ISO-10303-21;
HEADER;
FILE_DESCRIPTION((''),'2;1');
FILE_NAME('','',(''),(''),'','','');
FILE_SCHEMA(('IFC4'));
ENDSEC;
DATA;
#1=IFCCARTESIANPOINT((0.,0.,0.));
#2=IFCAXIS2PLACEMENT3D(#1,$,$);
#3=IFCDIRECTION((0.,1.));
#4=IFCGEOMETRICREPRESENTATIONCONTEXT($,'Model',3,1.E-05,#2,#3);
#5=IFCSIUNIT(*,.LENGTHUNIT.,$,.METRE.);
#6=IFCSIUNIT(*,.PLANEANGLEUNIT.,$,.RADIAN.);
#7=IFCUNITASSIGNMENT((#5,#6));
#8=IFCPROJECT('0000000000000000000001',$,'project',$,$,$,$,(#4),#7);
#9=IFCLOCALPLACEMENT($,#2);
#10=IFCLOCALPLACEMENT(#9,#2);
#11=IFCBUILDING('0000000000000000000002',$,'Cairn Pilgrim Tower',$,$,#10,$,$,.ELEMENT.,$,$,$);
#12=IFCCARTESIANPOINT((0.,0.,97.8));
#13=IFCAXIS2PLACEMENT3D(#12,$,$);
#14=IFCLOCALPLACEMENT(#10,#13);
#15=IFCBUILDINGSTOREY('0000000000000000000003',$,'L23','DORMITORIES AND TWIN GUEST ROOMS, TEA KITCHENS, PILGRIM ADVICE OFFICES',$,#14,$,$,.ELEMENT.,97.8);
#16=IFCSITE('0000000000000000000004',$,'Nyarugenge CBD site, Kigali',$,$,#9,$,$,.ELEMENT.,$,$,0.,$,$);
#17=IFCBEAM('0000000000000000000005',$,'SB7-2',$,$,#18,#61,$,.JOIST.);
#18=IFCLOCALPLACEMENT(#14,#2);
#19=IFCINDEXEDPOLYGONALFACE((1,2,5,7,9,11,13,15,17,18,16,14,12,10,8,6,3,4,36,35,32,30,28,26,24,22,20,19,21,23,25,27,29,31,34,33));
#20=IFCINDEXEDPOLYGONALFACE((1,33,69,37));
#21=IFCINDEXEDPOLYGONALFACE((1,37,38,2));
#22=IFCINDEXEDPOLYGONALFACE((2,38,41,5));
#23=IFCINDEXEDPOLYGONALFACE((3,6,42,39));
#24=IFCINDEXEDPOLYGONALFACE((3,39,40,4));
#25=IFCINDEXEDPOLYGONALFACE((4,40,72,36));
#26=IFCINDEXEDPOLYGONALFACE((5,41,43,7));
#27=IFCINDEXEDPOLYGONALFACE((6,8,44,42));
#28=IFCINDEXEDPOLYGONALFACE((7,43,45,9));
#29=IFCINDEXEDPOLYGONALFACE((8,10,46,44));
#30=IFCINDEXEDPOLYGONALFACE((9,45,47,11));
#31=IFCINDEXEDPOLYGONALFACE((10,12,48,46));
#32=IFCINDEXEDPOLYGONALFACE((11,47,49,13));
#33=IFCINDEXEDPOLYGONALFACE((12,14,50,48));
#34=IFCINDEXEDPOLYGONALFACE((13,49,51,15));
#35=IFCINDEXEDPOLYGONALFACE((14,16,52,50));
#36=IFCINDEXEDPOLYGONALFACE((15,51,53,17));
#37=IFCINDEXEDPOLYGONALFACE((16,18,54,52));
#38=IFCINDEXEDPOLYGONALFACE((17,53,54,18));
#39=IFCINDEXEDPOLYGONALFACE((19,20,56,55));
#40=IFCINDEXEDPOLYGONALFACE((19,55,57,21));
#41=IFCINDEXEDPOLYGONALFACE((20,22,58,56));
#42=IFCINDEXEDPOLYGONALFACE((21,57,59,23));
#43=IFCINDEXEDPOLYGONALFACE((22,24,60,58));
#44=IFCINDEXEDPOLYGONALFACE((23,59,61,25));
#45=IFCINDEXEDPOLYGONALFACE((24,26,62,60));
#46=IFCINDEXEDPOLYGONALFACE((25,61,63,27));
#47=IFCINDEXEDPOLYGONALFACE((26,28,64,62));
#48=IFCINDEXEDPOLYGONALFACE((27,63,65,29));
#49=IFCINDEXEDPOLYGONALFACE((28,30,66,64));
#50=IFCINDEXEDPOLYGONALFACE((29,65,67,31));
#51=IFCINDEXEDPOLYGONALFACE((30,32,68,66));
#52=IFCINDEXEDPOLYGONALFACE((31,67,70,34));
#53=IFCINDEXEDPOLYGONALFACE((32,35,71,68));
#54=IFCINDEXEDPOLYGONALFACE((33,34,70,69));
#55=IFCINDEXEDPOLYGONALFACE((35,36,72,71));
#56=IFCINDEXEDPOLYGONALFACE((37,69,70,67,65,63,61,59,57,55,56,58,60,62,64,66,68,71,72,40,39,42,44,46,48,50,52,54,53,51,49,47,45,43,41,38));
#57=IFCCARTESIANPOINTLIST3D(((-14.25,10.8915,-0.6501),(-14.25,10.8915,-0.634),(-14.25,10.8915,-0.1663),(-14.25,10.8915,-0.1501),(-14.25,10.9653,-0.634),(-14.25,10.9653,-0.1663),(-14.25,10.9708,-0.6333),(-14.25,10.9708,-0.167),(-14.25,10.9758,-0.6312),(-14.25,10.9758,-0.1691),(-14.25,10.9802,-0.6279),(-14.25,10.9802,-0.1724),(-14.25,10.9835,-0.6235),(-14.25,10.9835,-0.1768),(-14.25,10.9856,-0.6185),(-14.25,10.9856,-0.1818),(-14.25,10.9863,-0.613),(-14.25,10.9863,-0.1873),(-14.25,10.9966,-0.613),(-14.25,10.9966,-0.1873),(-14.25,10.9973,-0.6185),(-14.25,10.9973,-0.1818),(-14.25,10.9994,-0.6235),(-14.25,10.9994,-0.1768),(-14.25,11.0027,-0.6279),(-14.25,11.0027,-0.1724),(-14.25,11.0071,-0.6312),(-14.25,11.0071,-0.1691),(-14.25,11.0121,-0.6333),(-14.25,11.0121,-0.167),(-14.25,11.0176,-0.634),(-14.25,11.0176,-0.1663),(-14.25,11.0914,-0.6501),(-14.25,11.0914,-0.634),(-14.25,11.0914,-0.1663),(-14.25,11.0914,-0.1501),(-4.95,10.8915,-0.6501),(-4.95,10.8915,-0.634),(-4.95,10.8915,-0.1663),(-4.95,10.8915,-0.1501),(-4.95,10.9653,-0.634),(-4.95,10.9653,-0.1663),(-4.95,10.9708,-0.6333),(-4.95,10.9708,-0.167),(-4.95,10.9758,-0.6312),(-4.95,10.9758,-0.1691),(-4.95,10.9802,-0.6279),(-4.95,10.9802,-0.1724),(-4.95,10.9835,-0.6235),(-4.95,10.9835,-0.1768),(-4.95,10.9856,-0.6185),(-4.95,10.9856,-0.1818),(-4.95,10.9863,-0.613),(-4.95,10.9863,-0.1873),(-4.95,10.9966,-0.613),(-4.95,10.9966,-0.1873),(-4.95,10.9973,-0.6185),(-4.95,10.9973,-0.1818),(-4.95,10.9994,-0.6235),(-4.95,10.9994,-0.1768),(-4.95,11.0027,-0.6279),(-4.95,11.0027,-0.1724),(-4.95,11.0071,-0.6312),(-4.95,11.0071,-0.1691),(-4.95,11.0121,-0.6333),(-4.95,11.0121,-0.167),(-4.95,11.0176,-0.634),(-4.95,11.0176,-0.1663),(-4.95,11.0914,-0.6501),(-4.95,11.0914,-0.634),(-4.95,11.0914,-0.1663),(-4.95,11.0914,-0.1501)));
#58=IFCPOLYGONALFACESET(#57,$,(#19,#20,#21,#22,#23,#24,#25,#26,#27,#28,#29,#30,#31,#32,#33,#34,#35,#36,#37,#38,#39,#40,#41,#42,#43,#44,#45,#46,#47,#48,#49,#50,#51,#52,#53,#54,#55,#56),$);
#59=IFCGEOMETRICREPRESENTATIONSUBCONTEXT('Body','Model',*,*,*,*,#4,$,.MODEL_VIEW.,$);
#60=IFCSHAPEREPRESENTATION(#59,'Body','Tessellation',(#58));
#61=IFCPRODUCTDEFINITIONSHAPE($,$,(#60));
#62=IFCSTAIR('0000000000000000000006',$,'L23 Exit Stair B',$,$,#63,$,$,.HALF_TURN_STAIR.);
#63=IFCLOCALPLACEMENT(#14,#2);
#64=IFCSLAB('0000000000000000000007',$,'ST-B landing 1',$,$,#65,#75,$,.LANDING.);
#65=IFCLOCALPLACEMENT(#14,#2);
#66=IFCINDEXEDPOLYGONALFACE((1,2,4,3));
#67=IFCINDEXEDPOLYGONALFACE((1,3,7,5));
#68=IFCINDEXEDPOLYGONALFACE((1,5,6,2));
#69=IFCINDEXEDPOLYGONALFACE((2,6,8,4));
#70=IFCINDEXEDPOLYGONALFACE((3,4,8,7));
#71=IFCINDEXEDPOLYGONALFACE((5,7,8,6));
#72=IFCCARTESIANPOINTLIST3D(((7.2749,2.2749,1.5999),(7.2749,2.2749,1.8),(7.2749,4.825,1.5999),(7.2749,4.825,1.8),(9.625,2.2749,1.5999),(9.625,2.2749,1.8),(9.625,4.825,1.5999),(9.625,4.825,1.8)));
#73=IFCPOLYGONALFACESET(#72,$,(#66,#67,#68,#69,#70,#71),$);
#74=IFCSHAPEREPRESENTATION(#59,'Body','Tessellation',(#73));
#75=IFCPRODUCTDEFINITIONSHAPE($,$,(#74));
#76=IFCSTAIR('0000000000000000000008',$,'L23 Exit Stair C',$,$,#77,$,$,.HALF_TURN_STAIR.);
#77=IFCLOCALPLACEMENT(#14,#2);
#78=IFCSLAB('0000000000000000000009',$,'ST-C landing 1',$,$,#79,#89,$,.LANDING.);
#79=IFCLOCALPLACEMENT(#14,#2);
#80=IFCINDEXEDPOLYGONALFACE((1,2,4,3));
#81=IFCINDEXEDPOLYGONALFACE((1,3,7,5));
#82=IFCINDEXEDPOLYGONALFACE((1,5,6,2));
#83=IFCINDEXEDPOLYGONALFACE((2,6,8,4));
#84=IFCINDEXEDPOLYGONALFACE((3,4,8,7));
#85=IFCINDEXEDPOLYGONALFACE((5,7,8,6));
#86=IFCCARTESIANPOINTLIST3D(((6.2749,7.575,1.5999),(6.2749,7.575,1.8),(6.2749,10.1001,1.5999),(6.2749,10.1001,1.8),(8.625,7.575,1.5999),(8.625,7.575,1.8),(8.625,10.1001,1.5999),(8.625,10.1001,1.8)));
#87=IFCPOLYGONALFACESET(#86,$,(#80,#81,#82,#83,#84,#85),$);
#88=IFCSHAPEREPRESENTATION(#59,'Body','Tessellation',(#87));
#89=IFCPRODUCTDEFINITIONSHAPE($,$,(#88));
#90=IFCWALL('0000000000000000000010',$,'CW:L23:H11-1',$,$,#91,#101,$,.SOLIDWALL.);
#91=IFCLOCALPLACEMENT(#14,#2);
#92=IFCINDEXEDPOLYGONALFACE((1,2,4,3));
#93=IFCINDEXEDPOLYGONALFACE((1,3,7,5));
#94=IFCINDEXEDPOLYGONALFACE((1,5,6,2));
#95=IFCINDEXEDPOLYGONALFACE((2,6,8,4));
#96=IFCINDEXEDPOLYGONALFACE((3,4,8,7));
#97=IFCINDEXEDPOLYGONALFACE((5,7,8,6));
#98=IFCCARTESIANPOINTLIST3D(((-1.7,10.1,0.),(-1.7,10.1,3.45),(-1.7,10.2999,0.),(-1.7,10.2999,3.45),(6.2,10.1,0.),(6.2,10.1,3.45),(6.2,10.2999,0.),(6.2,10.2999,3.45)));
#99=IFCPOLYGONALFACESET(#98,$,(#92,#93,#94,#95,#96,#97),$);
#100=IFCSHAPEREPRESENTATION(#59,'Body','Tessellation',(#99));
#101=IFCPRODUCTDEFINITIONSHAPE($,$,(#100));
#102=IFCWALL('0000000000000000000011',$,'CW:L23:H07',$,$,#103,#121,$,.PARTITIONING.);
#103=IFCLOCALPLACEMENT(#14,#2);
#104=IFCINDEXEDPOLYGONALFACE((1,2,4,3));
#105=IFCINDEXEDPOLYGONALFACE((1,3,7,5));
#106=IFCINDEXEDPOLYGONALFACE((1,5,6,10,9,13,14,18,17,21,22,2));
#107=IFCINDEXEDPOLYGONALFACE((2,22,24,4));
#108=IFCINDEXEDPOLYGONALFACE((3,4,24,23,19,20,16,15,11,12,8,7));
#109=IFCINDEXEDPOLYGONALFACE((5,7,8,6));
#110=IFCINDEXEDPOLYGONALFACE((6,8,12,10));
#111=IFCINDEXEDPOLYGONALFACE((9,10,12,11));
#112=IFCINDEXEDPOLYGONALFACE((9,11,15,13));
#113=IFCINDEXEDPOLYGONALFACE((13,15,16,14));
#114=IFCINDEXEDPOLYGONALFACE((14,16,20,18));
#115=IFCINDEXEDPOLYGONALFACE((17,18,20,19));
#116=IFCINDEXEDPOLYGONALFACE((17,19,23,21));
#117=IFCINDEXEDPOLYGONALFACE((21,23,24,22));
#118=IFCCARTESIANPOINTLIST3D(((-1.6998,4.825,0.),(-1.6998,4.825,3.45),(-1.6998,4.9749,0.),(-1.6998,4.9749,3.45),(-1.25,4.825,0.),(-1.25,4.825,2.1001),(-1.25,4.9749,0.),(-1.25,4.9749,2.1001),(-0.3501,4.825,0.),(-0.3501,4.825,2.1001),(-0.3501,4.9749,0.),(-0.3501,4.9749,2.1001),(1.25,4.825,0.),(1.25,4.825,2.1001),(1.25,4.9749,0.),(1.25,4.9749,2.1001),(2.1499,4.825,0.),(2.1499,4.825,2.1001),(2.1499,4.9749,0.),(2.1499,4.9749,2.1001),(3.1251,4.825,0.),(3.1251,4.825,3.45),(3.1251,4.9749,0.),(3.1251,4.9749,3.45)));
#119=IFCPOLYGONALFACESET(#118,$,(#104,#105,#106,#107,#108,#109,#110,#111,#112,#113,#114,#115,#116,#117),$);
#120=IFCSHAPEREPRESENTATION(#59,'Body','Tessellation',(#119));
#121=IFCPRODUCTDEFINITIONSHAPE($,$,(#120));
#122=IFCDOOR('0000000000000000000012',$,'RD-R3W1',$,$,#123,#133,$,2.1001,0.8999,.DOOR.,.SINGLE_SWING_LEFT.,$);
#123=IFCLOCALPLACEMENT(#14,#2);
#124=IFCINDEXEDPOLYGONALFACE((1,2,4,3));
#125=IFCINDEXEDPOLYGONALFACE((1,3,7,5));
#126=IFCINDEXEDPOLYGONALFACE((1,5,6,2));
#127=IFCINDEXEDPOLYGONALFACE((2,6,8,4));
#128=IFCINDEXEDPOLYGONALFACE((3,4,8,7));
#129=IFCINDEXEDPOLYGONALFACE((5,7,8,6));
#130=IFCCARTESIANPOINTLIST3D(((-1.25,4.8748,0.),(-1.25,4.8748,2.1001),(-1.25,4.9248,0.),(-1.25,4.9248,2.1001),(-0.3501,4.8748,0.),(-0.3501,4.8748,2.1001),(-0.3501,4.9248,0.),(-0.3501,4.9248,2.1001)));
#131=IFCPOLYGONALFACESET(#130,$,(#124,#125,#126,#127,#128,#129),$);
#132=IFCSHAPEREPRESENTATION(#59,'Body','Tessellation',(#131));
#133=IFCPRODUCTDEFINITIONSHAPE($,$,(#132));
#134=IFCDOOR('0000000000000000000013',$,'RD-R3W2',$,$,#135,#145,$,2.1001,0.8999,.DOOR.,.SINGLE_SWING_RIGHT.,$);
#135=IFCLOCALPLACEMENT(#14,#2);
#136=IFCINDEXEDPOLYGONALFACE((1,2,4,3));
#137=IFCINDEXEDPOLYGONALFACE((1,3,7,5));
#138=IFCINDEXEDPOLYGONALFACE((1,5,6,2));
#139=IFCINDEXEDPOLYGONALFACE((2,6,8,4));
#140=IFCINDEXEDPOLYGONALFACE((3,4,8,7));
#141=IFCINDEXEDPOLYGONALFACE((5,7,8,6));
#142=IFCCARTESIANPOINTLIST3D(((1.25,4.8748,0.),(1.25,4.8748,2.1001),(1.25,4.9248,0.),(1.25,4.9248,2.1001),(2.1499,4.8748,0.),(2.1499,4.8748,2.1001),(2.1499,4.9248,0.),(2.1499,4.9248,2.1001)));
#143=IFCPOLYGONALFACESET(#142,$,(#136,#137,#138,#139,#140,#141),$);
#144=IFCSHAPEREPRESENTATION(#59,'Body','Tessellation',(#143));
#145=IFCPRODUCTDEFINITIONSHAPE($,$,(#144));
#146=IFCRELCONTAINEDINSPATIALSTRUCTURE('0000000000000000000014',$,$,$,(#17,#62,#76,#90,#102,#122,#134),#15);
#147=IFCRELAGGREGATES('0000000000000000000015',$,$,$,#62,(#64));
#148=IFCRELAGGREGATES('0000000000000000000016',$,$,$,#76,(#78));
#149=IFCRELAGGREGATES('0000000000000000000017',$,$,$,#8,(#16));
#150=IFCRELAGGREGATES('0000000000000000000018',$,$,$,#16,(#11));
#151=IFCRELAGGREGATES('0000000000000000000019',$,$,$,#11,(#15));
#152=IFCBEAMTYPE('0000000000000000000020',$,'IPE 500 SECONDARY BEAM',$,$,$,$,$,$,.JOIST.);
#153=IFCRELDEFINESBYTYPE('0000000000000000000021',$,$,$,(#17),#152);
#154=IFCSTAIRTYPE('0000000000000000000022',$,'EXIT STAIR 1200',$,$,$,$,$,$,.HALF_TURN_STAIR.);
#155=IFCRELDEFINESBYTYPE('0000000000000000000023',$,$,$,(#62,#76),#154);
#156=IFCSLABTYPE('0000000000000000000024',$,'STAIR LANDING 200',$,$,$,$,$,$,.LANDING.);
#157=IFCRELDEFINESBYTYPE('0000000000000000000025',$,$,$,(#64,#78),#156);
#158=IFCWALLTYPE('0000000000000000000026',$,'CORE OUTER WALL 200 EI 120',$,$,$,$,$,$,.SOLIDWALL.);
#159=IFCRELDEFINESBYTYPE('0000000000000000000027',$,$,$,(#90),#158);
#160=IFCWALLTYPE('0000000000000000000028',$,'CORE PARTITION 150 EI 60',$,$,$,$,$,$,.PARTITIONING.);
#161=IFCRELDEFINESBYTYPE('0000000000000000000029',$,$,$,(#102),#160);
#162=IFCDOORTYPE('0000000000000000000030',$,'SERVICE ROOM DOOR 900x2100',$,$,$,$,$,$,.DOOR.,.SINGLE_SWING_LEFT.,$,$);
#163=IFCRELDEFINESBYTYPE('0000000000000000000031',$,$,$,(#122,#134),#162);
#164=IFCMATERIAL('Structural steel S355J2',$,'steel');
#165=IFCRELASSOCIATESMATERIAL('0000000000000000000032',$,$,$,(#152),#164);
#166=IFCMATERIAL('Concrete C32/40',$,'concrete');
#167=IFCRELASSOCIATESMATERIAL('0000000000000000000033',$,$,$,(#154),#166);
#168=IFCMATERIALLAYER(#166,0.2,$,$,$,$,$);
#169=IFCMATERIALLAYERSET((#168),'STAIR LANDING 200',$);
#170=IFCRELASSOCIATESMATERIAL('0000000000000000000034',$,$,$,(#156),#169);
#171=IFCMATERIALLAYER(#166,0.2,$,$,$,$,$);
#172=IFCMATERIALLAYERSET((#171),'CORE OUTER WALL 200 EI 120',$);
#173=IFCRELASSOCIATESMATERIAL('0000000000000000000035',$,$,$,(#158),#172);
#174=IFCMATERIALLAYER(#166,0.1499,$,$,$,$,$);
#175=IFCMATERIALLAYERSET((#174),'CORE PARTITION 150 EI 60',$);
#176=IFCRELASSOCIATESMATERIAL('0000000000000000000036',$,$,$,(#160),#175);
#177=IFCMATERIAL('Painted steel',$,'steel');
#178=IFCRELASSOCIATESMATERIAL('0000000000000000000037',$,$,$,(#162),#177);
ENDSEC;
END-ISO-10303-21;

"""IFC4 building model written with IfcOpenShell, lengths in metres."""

from ifc_helpers import new_model, si_unit, direction, frame, frame_2d, origin, origin_2d, place, context, subcontext, project, spatial, polyline, rectangle, i_section, outline, extrude, material, layer, layer_set, material_profile, profile_set, type_object, element, fill, aggregate, save


model = new_model("IFC4")

# Units and contexts
model_context = context("Model", 3, precision=1e-05, world=origin(), true_north=direction((0.0, 1.0)))
body_context = subcontext(model_context, "Body", "Model", "MODEL_VIEW")
ifc_project = project(units=[si_unit("LENGTHUNIT", "METRE"), si_unit("PLANEANGLEUNIT", "RADIAN")], contexts=[model_context])

# Site, building, storey
site_placement = place(None, origin())
site = spatial("IfcSite", under=ifc_project, at=site_placement, Name="Nyarugenge CBD site, Kigali", CompositionType="ELEMENT", RefElevation=0.0)
building_placement = place(site_placement, origin())
building = spatial("IfcBuilding", under=site, at=building_placement, Name="Cairn Pilgrim Tower", CompositionType="ELEMENT")
storey_placement = place(building_placement, frame((0.0, 0.0, 97.8)))
storey = spatial("IfcBuildingStorey", under=building, at=storey_placement, Name="L23", Description="DORMITORIES AND TWIN GUEST ROOMS, TEA KITCHENS, PILGRIM ADVICE OFFICES", CompositionType="ELEMENT", Elevation=97.8)

# Beam
ifc_material_1 = material(Name="Structural steel S355J2", Category="steel")
ifc_material_profile_1 = material_profile(ifc_material_1, i_section(OverallWidth=0.2, OverallDepth=0.5, WebThickness=0.0103, FlangeThickness=0.0161, FilletRadius=0.021, at=origin_2d()), Name="IPE 500")
ifc_profile_set_1 = profile_set([ifc_material_profile_1], Name="Structural steel S355J2")
beam_type_1 = type_object("IfcBeamType", Name="IPE 500 SECONDARY BEAM", PredefinedType="JOIST", material=ifc_profile_set_1)
for number, where, z_axis, x_axis, name in (
    (1, (-14.25, 10.9915, -0.4001), (1.0, 0.0, 0.0), (0.0, 1.0, 0.0), "SB7-2"),
):
    element("IfcBeam", number, at=place(storey_placement, frame(where, z_axis=z_axis, x_axis=x_axis)), inside=storey, type_object=beam_type_1, Name=name, PredefinedType="JOIST", context=body_context, shape_type="SweptSolid", body=[
        extrude(i_section(OverallWidth=0.2, OverallDepth=0.5, WebThickness=0.0103, FlangeThickness=0.0161, FilletRadius=0.021, at=origin_2d()), origin(), (0.0, 0.0, 1.0), 9.3),
    ])

# Stairs, slabs
ifc_material_2 = material(Name="Concrete C32/40", Category="concrete")
stair_type = type_object("IfcStairType", Name="EXIT STAIR 1200", PredefinedType="HALF_TURN_STAIR", material=ifc_material_2)
stair_1_placement = place(storey_placement, origin())
stair_1 = element("IfcStair", 2, at=stair_1_placement, inside=storey, type_object=stair_type, Name="L23 Exit Stair B", PredefinedType="HALF_TURN_STAIR")
ifc_layer_1 = layer(ifc_material_2, 0.2)
ifc_layer_set_1 = layer_set([ifc_layer_1], Name="STAIR LANDING 200")
slab_type = type_object("IfcSlabType", Name="STAIR LANDING 200", PredefinedType="LANDING", material=ifc_layer_set_1)
slab_1_placement = place(storey_placement, frame((0.0, 0.0, 1.5999)))
slab_1 = element("IfcSlab", 3, at=slab_1_placement, type_object=slab_type, Name="ST-B landing 1", PredefinedType="LANDING", context=body_context, shape_type="SweptSolid", body=[
    extrude(outline(polyline([(7.2749, 2.2749), (9.625, 2.2749), (9.625, 4.825), (7.2749, 4.825), (7.2749, 2.2749)])), origin(), (0.0, 0.0, 1.0), 0.2002),
])
aggregate(stair_1, [slab_1])
stair_2_placement = place(storey_placement, origin())
stair_2 = element("IfcStair", 4, at=stair_2_placement, inside=storey, type_object=stair_type, Name="L23 Exit Stair C", PredefinedType="HALF_TURN_STAIR")
slab_2_placement = place(storey_placement, frame((0.0, 0.0, 1.5999)))
slab_2 = element("IfcSlab", 5, at=slab_2_placement, type_object=slab_type, Name="ST-C landing 1", PredefinedType="LANDING", context=body_context, shape_type="SweptSolid", body=[
    extrude(outline(polyline([(8.625, 10.1001), (6.2749, 10.1001), (6.2749, 7.575), (8.625, 7.575), (8.625, 10.1001)])), origin(), (0.0, 0.0, 1.0), 0.2002),
])
aggregate(stair_2, [slab_2])

# Wall
ifc_layer_2 = layer(ifc_material_2, 0.2)
ifc_layer_set_2 = layer_set([ifc_layer_2], Name="CORE OUTER WALL 200 EI 120")
wall_type_1 = type_object("IfcWallType", Name="CORE OUTER WALL 200 EI 120", PredefinedType="SOLIDWALL", material=ifc_layer_set_2)
wall_1_placement = place(storey_placement, frame((-1.7, 10.2, 0.0), z_axis=(0.0, 0.0, 1.0), x_axis=(1.0, 0.0, 0.0)))
element("IfcWall", 6, at=wall_1_placement, inside=storey, type_object=wall_type_1, Name="CW:L23:H11-1", PredefinedType="SOLIDWALL", context=body_context, shape_type="SweptSolid", body=[
    extrude(rectangle(XDim=7.8999, YDim=0.2, at=frame_2d((3.95, 0.0))), origin(), (0.0, 0.0, 1.0), 3.45),
])

# Wall, openings, doors
ifc_layer_3 = layer(ifc_material_2, 0.1499)
ifc_layer_set_3 = layer_set([ifc_layer_3], Name="CORE PARTITION 150 EI 60")
wall_type_2 = type_object("IfcWallType", Name="CORE PARTITION 150 EI 60", PredefinedType="PARTITIONING", material=ifc_layer_set_3)
wall_2_placement = place(storey_placement, frame((-1.7, 4.8999, 0.0), z_axis=(0.0, 0.0, 1.0), x_axis=(1.0, 0.0, 0.0)))
wall_2 = element("IfcWall", 7, at=wall_2_placement, inside=storey, type_object=wall_type_2, Name="CW:L23:H07", PredefinedType="PARTITIONING", context=body_context, shape_type="SweptSolid", body=[
    extrude(rectangle(XDim=4.825, YDim=0.1499, at=frame_2d((2.4126, 0.0))), origin(), (0.0, 0.0, 1.0), 3.45),
])
opening_1_placement = place(wall_2_placement, frame((0.45, 0.0, 0.0)))
opening_1 = element("IfcOpeningElement", 8, at=opening_1_placement, cuts=wall_2, PredefinedType="OPENING", context=body_context, shape_type="SweptSolid", body=[
    extrude(rectangle(XDim=0.8999, YDim=2.1001, at=frame_2d((0.45, 1.05))), frame((0.0, 0.085, 0.0), z_axis=(0.0, -1.0, 0.0), x_axis=(1.0, 0.0, 0.0)), (0.0, 0.0, 1.0), 0.1699),
])
opening_2_placement = place(wall_2_placement, frame((2.95, 0.0, 0.0)))
opening_2 = element("IfcOpeningElement", 9, at=opening_2_placement, cuts=wall_2, PredefinedType="OPENING", context=body_context, shape_type="SweptSolid", body=[
    extrude(rectangle(XDim=0.8999, YDim=2.1001, at=frame_2d((0.45, 1.05))), frame((0.0, 0.085, 0.0), z_axis=(0.0, -1.0, 0.0), x_axis=(1.0, 0.0, 0.0)), (0.0, 0.0, 1.0), 0.1699),
])
ifc_material_3 = material(Name="Painted steel", Category="steel")
door_type = type_object("IfcDoorType", Name="SERVICE ROOM DOOR 900x2100", OperationType="SINGLE_SWING_LEFT", PredefinedType="DOOR", material=ifc_material_3)
door_1_placement = place(opening_1_placement, origin())
door_1 = element("IfcDoor", 10, at=door_1_placement, inside=storey, type_object=door_type, Name="RD-R3W1", OperationType="SINGLE_SWING_LEFT", OverallHeight=2.1001, OverallWidth=0.8999, PredefinedType="DOOR", context=body_context, shape_type="SweptSolid", body=[
    extrude(rectangle(XDim=0.8999, YDim=2.1001, at=frame_2d((0.45, 1.05))), frame((0.0, 0.0249, 0.0), z_axis=(0.0, -1.0, 0.0), x_axis=(1.0, 0.0, 0.0)), (0.0, 0.0, 1.0), 0.05),
])
fill(opening_1, door_1)
door_2_placement = place(opening_2_placement, origin())
door_2 = element("IfcDoor", 11, at=door_2_placement, inside=storey, type_object=door_type, Name="RD-R3W2", OperationType="SINGLE_SWING_RIGHT", OverallHeight=2.1001, OverallWidth=0.8999, PredefinedType="DOOR", context=body_context, shape_type="SweptSolid", body=[
    extrude(rectangle(XDim=0.8999, YDim=2.1001, at=frame_2d((0.45, 1.05))), frame((0.0, 0.0249, 0.0), z_axis=(0.0, -1.0, 0.0), x_axis=(1.0, 0.0, 0.0)), (0.0, 0.0, 1.0), 0.05),
])
fill(opening_2, door_2)

save(model, "model.ifc")
